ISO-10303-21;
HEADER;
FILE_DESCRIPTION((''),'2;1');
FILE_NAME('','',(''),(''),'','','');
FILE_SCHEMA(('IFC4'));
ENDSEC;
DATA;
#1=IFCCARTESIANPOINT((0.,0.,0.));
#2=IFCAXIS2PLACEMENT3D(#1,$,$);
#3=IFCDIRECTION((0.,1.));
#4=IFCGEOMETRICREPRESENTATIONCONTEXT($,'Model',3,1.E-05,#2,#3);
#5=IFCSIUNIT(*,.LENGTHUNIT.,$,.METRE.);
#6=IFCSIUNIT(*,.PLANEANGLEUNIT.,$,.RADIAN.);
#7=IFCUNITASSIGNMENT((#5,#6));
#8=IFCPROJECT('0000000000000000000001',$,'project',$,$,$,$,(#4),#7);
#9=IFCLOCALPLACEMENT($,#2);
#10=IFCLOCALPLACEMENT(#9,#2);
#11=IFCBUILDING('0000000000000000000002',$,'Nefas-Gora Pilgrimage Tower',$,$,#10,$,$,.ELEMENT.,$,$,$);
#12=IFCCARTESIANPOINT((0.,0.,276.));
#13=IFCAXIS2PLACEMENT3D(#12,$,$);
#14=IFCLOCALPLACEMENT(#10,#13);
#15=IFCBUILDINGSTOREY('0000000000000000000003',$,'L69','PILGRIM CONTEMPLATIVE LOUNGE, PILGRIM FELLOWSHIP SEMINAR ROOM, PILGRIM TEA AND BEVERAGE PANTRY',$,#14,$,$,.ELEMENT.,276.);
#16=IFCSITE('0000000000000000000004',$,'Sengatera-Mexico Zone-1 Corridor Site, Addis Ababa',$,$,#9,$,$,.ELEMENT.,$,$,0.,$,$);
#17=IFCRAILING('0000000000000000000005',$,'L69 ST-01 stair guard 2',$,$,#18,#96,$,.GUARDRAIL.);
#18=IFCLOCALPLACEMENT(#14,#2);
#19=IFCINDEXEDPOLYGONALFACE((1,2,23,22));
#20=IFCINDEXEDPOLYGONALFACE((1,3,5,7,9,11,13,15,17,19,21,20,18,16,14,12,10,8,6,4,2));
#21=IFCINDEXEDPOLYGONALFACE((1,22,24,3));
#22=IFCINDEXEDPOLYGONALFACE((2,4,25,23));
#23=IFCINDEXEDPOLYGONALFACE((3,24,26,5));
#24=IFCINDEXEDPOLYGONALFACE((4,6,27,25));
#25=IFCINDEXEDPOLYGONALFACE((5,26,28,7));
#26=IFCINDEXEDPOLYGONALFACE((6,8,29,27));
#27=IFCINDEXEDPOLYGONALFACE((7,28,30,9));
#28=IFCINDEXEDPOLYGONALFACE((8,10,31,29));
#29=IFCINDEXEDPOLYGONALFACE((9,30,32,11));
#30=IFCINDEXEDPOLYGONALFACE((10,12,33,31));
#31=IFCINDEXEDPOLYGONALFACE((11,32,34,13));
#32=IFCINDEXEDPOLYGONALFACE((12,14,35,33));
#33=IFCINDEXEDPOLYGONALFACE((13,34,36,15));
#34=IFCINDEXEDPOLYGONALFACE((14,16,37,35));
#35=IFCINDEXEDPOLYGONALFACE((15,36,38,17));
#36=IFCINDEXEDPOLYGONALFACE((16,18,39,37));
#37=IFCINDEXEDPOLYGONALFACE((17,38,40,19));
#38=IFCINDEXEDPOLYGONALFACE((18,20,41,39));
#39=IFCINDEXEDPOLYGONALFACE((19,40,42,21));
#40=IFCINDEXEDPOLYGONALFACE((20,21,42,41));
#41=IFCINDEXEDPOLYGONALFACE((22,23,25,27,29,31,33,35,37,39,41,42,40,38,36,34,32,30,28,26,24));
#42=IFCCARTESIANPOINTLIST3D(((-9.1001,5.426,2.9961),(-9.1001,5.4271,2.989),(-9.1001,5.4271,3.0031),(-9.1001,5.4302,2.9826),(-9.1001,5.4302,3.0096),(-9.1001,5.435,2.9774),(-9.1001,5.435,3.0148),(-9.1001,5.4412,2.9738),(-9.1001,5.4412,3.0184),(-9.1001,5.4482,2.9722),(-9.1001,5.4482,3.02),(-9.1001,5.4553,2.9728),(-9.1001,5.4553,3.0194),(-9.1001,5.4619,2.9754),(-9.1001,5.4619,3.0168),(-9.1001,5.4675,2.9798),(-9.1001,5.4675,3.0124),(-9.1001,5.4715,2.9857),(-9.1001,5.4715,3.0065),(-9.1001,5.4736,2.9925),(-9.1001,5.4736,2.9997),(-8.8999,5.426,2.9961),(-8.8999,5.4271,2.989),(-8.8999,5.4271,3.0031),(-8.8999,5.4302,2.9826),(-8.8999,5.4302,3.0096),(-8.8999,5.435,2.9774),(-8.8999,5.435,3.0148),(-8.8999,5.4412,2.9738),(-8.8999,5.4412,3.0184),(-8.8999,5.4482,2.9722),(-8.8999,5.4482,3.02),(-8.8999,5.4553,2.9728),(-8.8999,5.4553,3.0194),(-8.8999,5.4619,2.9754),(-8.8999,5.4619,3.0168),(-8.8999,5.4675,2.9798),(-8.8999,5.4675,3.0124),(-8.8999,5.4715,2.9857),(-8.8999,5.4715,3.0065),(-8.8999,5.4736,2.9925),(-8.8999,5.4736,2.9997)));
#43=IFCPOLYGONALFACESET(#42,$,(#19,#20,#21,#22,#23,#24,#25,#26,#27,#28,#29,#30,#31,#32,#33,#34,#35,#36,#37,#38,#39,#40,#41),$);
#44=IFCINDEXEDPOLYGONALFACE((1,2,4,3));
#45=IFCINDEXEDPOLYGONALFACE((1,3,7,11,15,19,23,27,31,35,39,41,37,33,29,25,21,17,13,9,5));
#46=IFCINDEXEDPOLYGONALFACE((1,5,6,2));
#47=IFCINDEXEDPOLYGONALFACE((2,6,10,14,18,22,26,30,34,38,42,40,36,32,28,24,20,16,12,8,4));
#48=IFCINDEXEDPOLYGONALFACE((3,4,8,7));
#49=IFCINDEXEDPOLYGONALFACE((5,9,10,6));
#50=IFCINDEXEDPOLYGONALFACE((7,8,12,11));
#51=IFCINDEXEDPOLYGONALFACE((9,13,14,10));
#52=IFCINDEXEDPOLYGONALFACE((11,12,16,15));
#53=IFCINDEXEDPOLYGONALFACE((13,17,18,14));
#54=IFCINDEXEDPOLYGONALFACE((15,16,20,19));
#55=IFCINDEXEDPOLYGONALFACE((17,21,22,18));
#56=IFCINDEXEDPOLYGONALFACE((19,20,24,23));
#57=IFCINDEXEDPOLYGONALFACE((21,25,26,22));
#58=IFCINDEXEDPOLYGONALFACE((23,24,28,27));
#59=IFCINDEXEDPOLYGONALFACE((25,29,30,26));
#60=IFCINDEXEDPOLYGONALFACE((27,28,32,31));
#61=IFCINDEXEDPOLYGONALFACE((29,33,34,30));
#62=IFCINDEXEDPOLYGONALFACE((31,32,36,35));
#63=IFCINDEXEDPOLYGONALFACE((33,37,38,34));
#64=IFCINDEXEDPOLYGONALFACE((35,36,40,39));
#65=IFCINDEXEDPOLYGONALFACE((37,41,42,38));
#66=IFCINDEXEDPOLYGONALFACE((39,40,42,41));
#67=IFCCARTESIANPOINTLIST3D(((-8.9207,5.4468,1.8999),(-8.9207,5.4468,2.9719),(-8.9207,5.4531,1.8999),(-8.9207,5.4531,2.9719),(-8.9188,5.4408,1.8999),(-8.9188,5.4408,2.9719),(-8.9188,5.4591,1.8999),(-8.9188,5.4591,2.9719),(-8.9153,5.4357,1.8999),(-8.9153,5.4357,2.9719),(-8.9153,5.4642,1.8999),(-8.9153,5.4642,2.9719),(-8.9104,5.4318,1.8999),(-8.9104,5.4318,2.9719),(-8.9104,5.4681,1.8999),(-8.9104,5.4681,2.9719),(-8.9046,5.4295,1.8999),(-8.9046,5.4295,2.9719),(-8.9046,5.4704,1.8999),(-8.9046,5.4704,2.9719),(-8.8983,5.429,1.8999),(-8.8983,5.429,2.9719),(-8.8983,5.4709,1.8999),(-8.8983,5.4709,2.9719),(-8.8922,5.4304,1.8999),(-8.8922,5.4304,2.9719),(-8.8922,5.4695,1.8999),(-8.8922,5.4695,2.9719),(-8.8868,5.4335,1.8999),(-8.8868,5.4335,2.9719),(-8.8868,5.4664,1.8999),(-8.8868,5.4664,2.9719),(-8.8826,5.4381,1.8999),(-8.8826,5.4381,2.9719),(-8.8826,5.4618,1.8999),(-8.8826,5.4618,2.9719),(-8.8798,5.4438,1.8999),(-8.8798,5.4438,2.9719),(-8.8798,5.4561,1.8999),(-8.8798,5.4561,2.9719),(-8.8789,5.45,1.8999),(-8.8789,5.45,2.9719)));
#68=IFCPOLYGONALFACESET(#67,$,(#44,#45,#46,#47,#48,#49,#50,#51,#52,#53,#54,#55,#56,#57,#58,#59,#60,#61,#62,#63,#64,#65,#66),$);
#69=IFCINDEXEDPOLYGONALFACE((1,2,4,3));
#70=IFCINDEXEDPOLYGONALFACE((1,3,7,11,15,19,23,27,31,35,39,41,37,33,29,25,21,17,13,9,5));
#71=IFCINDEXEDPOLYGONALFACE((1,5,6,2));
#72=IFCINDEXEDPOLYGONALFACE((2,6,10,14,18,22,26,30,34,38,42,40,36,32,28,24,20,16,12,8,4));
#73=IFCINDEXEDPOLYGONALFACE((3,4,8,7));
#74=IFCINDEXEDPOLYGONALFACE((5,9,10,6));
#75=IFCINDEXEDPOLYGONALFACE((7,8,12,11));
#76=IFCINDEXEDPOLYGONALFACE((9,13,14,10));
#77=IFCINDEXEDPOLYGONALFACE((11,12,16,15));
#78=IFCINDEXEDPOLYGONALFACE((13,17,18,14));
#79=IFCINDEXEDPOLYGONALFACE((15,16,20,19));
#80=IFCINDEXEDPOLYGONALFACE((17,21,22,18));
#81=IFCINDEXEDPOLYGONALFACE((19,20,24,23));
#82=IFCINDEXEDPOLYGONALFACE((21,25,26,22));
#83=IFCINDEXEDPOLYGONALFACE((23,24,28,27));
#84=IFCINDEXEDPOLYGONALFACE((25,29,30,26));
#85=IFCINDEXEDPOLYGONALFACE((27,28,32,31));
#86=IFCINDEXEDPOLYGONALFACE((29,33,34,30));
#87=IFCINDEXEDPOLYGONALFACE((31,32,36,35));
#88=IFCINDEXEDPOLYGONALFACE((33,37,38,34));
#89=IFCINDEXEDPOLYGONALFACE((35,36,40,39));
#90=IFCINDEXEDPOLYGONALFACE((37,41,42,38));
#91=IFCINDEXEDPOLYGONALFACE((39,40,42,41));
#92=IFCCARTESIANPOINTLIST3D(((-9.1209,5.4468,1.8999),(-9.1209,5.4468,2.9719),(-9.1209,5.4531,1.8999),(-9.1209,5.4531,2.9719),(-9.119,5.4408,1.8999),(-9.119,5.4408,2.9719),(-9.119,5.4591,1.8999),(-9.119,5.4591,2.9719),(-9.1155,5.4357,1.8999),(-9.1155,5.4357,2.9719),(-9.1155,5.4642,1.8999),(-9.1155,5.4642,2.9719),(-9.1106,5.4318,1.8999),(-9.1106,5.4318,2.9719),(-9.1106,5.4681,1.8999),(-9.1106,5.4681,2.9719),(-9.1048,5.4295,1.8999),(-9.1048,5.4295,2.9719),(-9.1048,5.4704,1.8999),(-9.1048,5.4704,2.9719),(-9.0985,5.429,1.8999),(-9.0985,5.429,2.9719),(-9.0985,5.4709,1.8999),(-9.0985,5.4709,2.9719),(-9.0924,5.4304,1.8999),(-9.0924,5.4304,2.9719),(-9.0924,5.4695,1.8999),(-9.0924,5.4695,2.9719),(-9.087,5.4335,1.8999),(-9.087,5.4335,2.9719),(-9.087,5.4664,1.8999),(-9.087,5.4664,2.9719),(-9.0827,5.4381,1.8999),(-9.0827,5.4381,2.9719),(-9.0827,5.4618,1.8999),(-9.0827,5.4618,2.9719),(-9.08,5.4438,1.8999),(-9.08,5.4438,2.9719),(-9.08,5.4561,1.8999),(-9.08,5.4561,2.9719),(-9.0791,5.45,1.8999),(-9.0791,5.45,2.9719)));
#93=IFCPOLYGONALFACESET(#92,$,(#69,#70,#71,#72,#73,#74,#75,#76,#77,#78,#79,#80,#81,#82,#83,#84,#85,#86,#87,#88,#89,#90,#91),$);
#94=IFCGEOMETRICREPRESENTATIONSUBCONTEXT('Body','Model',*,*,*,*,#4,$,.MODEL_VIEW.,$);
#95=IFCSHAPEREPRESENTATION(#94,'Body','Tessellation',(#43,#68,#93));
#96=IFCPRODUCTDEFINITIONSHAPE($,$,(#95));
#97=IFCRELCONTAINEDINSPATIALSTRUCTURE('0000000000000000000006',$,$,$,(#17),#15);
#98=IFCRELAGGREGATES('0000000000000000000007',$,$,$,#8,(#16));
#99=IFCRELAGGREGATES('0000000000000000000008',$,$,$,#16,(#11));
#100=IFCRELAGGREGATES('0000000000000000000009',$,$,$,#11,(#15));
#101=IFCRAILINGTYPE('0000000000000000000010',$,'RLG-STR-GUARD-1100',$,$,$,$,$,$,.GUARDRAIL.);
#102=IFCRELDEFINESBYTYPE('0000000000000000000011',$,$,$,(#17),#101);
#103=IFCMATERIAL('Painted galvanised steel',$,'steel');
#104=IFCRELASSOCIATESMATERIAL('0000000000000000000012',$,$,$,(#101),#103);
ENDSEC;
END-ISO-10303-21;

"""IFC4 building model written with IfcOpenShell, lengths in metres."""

from ifc_helpers import new_model, si_unit, direction, frame, origin, origin_2d, place, context, subcontext, project, spatial, circle, extrude, material, type_object, element, save


model = new_model("IFC4")

# Units and contexts
model_context = context("Model", 3, precision=1e-05, world=origin(), true_north=direction((0.0, 1.0)))
body_context = subcontext(model_context, "Body", "Model", "MODEL_VIEW")
ifc_project = project(units=[si_unit("LENGTHUNIT", "METRE"), si_unit("PLANEANGLEUNIT", "RADIAN")], contexts=[model_context])

# Site, building, storey
site_placement = place(None, origin())
site = spatial("IfcSite", under=ifc_project, at=site_placement, Name="Sengatera-Mexico Zone-1 Corridor Site, Addis Ababa", CompositionType="ELEMENT", RefElevation=0.0)
building_placement = place(site_placement, origin())
building = spatial("IfcBuilding", under=site, at=building_placement, Name="Nefas-Gora Pilgrimage Tower", CompositionType="ELEMENT")
storey_placement = place(building_placement, frame((0.0, 0.0, 276.0)))
storey = spatial("IfcBuildingStorey", under=building, at=storey_placement, Name="L69", Description="PILGRIM CONTEMPLATIVE LOUNGE, PILGRIM FELLOWSHIP SEMINAR ROOM, PILGRIM TEA AND BEVERAGE PANTRY", CompositionType="ELEMENT", Elevation=276.0)

# Railing
ifc_material_1 = material(Name="Painted galvanised steel", Category="steel")
railing_type_1 = type_object("IfcRailingType", Name="RLG-STR-GUARD-1100", PredefinedType="GUARDRAIL", material=ifc_material_1)
railing_1_placement = place(storey_placement, frame((-8.8999, 5.45, 1.8999)))
element("IfcRailing", 1, at=railing_1_placement, inside=storey, type_object=railing_type_1, Name="L69 ST-01 stair guard 2", PredefinedType="GUARDRAIL", context=body_context, shape_type="SweptSolid", body=[
    extrude(circle(Radius=0.0239, at=origin_2d()), frame((0.0, 0.0, 1.0962), z_axis=(-1.0, 0.0, 0.0), x_axis=(0.0, -1.0, 0.0)), (0.0, 0.0, 1.0), 0.2002),
    extrude(circle(Radius=0.021, at=origin_2d()), origin(), (0.0, 0.0, 1.0), 1.072),
    extrude(circle(Radius=0.021, at=origin_2d()), frame((-0.2002, 0.0, 0.0)), (0.0, 0.0, 1.0), 1.072),
])

save(model, "model.ifc")
